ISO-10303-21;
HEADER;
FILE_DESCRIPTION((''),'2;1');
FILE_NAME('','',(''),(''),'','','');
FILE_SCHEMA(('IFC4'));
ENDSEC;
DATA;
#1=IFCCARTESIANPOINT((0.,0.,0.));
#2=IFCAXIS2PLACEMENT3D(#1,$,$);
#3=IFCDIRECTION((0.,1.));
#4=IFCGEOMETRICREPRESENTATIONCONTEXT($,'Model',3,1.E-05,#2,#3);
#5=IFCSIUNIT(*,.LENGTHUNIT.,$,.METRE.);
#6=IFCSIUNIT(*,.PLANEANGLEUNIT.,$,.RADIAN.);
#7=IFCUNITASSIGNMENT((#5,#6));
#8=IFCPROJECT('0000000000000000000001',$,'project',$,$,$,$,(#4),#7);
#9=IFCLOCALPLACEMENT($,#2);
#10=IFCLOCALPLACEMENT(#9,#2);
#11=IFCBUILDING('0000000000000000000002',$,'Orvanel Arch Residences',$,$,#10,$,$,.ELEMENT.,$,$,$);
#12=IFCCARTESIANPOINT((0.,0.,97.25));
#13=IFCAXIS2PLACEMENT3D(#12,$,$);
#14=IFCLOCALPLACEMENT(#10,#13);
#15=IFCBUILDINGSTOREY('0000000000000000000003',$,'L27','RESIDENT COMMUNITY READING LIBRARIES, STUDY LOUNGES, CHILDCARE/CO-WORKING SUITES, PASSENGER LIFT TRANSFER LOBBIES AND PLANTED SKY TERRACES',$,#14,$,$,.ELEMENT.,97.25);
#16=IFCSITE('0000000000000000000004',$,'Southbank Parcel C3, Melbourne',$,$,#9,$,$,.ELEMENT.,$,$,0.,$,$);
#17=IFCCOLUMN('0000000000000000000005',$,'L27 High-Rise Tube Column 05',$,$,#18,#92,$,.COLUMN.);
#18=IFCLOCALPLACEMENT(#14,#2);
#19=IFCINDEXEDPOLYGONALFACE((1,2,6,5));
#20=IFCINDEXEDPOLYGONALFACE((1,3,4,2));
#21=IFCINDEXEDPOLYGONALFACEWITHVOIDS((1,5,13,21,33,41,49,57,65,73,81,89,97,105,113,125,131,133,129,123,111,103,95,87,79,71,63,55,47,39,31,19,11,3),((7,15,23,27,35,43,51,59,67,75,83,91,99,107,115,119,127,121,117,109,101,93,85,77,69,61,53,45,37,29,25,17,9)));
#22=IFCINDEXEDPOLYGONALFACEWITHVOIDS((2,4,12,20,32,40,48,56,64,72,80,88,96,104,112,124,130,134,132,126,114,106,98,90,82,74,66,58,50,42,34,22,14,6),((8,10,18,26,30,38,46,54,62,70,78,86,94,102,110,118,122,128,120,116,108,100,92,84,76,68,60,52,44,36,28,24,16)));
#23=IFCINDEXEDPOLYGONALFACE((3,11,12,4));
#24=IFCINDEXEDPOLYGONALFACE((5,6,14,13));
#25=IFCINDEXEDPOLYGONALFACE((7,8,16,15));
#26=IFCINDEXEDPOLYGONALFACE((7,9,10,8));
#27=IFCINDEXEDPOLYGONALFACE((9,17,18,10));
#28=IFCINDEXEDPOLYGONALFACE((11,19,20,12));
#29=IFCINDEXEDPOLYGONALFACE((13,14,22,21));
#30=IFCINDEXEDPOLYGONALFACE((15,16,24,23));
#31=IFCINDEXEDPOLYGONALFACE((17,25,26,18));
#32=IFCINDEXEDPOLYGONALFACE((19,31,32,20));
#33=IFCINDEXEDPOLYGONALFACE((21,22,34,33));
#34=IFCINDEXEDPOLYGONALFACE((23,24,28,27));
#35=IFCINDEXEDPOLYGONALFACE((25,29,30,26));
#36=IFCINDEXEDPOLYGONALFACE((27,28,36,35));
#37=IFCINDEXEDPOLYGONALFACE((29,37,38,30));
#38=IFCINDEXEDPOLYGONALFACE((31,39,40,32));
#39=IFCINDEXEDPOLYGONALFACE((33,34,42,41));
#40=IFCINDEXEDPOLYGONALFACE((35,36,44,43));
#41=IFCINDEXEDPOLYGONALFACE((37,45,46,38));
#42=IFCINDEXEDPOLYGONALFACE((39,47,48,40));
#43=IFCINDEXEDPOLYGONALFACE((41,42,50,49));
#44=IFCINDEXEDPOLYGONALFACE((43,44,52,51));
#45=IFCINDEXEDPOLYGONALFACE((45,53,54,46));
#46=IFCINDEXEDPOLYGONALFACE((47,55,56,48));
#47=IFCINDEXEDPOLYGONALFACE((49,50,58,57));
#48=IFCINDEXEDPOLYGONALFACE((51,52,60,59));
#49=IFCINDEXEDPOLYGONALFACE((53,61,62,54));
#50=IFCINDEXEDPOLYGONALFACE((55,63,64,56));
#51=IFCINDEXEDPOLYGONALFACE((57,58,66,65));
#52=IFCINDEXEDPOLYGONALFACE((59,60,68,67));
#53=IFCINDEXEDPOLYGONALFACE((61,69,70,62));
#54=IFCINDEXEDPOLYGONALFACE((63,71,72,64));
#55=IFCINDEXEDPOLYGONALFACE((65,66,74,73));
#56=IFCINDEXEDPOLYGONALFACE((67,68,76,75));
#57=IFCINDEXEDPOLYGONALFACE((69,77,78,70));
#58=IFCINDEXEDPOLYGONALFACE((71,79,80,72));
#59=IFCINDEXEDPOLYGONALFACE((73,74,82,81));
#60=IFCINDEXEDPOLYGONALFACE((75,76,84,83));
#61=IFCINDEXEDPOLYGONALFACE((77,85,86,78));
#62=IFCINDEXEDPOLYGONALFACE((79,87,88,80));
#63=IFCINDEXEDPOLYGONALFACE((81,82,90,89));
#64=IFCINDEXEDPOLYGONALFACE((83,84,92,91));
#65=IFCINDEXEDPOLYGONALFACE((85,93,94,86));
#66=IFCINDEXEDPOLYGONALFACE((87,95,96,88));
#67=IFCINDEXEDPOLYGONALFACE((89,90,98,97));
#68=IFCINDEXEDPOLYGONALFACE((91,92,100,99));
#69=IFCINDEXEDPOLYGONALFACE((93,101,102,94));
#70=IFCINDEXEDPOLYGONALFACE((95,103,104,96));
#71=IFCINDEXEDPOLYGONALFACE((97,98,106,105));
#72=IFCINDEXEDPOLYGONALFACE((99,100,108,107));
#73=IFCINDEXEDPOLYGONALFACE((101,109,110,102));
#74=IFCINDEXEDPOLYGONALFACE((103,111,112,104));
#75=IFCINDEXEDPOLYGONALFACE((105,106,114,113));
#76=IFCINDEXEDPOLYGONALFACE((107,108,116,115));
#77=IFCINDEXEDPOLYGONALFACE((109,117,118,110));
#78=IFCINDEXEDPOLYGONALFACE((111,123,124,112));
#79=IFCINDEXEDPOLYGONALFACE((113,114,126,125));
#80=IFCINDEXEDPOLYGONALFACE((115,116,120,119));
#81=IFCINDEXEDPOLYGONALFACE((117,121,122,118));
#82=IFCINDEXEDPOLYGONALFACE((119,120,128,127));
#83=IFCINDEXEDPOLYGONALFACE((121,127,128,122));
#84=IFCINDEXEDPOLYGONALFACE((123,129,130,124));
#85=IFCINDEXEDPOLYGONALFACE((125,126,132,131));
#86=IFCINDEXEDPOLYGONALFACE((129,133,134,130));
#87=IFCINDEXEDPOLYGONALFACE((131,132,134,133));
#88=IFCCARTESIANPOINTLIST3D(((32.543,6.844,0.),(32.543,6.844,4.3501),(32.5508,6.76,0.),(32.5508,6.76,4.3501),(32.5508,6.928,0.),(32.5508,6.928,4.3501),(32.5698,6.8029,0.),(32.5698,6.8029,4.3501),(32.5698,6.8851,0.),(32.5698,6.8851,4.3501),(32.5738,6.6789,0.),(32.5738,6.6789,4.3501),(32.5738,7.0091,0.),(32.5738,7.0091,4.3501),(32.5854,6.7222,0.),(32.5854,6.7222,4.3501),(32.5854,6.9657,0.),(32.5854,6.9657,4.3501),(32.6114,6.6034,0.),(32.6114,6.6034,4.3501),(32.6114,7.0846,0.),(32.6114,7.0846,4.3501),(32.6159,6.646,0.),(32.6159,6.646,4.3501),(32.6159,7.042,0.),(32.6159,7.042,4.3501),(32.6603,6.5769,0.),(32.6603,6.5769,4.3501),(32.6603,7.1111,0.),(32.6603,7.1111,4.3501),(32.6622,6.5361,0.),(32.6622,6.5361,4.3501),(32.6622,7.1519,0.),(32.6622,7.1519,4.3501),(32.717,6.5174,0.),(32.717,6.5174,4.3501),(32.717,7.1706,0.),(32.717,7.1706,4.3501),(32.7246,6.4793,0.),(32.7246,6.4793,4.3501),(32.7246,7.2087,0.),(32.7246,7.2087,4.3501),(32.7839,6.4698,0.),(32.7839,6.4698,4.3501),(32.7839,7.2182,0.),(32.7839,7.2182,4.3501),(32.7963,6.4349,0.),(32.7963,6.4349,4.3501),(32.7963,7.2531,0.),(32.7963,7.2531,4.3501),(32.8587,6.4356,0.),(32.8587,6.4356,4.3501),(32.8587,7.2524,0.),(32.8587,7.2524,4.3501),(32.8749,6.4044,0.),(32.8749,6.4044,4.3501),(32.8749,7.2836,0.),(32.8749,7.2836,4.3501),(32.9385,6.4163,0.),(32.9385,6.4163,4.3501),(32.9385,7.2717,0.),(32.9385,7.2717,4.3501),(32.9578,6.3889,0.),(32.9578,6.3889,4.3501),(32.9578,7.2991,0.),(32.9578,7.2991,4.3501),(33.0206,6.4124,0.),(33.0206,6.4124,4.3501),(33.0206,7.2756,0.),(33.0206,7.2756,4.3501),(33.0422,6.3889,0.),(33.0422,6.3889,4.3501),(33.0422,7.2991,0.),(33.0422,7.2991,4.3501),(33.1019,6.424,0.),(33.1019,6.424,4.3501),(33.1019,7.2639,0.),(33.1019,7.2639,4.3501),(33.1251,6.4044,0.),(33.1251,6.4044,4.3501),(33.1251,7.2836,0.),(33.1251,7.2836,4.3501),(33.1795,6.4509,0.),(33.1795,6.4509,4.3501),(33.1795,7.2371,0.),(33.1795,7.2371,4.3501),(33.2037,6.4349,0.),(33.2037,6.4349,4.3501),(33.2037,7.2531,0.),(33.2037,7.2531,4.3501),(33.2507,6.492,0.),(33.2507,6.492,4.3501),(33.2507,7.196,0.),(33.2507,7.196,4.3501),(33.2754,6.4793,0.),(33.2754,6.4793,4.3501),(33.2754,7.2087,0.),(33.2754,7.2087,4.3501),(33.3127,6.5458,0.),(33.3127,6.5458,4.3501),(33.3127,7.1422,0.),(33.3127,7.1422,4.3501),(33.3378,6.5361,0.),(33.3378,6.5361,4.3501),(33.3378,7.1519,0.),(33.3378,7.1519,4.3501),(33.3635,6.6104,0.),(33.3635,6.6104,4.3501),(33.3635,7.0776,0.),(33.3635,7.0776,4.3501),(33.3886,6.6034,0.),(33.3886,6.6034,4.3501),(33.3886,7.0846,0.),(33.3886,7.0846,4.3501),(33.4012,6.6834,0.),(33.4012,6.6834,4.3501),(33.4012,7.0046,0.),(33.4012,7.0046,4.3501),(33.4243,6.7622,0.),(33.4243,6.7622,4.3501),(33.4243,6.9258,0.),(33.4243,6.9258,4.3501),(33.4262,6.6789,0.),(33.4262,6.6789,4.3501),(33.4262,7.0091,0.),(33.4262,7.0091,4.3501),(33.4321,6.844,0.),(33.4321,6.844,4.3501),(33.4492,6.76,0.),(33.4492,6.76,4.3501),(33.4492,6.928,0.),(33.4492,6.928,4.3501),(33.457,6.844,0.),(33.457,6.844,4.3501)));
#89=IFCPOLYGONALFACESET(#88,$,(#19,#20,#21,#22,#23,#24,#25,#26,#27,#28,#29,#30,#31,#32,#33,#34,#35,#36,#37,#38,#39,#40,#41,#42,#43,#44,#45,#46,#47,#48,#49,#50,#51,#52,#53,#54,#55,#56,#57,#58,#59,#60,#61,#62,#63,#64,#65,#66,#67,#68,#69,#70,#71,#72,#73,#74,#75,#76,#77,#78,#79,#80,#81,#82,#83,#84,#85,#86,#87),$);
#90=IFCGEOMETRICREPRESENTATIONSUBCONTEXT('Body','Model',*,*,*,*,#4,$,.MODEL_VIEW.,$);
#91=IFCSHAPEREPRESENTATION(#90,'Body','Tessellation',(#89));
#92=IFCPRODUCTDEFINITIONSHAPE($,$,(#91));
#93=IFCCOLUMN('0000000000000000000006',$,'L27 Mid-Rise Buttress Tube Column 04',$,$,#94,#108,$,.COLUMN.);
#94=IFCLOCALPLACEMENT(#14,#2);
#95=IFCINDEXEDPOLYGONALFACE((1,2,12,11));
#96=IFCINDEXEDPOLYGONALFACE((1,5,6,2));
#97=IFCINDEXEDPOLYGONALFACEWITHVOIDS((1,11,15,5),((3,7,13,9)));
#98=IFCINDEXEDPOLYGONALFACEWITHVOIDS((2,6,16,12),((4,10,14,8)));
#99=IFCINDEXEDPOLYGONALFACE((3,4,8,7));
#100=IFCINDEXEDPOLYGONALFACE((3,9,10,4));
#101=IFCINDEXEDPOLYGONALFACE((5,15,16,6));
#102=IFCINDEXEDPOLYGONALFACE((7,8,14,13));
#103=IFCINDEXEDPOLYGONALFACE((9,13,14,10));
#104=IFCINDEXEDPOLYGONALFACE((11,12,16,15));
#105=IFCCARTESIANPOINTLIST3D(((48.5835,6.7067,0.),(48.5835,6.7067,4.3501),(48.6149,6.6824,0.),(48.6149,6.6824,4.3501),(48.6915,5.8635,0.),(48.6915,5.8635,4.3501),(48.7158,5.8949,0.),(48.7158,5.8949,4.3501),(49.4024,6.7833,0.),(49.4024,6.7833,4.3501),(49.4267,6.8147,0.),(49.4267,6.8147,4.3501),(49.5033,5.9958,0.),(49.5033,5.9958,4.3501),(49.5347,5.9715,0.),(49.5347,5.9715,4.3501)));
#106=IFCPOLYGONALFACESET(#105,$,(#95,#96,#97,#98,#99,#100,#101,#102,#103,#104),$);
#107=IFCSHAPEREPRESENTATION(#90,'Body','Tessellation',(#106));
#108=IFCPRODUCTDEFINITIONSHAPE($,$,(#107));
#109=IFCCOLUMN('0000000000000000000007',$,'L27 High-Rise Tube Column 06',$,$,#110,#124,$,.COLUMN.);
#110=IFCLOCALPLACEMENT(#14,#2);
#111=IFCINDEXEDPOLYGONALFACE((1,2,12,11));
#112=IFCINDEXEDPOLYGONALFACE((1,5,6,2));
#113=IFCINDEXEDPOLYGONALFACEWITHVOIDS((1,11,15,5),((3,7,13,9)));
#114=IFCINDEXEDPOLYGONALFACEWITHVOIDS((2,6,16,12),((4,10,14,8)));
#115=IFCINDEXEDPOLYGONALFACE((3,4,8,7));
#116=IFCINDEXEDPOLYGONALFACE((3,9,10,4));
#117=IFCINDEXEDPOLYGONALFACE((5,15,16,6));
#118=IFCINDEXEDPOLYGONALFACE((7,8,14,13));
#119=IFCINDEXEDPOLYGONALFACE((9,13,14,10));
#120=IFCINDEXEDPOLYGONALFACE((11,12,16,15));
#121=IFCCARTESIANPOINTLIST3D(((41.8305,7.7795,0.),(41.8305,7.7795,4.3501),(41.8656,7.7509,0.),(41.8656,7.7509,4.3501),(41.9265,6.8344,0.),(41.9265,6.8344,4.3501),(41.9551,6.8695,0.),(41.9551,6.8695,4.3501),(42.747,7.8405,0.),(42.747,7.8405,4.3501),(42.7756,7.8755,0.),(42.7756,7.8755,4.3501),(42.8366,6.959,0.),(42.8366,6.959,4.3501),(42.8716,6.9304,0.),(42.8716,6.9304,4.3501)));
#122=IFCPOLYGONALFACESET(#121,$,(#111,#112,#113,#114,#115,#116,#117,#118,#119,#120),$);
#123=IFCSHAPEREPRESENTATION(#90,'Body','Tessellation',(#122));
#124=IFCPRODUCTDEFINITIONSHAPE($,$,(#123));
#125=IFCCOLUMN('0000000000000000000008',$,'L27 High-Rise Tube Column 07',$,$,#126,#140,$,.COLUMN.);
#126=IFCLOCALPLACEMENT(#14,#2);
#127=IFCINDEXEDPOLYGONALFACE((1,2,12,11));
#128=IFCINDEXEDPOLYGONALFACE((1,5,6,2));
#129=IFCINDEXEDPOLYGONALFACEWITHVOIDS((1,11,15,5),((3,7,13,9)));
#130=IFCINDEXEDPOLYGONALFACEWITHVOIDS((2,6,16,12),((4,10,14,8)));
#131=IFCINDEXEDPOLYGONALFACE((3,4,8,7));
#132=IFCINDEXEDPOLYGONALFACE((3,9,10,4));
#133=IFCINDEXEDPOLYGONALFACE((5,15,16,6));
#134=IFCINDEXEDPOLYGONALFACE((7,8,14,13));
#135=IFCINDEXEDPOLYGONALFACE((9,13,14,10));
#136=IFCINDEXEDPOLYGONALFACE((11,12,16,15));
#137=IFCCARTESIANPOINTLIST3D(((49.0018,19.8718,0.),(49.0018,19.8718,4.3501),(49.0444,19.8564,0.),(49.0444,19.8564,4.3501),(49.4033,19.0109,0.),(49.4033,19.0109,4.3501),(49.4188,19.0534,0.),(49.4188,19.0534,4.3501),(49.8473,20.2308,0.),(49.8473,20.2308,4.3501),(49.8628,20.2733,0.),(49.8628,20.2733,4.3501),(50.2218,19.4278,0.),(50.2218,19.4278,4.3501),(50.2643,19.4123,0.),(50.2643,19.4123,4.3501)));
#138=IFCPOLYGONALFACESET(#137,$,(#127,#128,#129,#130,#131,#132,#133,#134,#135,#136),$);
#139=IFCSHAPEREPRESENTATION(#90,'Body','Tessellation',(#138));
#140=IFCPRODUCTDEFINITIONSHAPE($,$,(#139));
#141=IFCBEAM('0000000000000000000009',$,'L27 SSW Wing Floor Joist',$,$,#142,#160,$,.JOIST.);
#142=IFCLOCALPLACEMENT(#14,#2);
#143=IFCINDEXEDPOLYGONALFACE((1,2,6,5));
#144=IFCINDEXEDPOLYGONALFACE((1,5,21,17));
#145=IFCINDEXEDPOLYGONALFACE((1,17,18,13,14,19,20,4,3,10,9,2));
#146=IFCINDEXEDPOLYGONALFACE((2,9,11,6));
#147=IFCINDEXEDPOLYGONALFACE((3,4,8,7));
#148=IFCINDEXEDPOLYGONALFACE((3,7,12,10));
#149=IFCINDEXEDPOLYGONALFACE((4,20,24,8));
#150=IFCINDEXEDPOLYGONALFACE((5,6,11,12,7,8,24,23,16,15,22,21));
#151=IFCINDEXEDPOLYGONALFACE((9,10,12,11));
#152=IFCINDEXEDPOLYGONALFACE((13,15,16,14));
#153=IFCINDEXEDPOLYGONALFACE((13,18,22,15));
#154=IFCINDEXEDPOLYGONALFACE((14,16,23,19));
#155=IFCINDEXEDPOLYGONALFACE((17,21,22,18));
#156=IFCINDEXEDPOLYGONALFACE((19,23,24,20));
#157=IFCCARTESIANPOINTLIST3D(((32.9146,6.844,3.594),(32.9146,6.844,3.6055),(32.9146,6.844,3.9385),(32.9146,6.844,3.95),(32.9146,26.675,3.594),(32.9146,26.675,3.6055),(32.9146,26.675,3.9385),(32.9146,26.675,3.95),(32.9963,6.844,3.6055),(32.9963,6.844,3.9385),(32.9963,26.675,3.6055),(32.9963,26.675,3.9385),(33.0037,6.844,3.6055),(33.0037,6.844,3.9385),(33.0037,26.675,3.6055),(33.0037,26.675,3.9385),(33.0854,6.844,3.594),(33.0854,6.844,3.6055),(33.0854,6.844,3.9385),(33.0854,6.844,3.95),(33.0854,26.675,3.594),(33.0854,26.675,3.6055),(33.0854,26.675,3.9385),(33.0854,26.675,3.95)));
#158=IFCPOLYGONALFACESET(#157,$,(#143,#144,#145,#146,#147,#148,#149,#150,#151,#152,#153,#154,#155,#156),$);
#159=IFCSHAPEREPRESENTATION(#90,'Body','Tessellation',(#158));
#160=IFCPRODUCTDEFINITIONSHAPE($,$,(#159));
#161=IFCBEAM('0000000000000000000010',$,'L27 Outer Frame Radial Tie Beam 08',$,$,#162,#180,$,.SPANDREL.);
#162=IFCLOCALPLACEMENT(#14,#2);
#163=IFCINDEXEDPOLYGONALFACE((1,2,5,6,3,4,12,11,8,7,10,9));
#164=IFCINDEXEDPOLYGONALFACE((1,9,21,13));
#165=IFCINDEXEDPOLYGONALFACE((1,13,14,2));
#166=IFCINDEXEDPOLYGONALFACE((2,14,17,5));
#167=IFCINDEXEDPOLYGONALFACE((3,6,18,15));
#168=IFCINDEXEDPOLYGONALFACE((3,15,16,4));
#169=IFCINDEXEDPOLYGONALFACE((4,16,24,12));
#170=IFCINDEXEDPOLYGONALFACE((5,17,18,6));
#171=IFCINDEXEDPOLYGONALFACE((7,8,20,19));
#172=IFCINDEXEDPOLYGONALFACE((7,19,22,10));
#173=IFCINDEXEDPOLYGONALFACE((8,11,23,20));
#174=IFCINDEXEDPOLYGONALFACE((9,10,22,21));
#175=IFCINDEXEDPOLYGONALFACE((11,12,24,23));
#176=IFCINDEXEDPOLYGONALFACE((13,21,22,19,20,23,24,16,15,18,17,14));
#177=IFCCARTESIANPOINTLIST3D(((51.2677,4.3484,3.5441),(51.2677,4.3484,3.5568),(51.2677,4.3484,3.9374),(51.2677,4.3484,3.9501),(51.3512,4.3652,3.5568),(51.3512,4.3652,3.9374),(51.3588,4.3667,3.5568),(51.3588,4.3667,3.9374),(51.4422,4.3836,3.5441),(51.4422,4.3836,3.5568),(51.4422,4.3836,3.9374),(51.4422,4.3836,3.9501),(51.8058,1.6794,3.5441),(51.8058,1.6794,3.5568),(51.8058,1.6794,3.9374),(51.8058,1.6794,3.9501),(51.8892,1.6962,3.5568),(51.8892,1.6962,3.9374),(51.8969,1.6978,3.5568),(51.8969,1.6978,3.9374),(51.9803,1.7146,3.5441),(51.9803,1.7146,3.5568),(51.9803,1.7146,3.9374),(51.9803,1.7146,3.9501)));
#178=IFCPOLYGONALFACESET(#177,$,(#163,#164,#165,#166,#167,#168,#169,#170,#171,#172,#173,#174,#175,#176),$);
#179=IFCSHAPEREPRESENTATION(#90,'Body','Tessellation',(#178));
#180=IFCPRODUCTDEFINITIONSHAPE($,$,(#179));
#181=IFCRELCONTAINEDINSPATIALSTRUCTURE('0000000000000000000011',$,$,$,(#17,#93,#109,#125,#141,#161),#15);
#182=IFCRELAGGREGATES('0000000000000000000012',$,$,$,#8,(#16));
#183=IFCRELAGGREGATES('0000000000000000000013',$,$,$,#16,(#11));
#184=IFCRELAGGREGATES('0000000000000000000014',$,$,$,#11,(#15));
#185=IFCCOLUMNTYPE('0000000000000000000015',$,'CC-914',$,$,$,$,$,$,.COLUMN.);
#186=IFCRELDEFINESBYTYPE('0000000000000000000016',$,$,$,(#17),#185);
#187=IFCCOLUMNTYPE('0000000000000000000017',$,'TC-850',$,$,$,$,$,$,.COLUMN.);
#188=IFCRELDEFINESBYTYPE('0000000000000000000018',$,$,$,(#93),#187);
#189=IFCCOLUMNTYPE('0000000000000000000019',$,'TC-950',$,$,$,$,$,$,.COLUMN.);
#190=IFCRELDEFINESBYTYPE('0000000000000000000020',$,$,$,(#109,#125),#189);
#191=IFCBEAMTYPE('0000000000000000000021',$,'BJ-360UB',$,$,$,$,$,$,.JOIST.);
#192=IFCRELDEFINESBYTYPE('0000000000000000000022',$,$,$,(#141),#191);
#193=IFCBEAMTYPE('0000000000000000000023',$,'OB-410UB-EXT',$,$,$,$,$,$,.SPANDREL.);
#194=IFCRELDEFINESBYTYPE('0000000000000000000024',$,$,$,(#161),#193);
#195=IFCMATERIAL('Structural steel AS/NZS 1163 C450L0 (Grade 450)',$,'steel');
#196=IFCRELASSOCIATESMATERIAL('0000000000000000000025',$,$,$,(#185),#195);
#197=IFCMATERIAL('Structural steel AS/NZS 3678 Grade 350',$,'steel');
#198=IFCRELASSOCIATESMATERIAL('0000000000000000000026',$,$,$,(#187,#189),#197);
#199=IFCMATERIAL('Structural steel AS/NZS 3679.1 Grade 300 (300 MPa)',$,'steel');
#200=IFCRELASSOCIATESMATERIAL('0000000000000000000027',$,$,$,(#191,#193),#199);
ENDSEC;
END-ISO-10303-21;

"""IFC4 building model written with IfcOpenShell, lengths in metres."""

from ifc_helpers import new_model, si_unit, direction, frame, origin, origin_2d, place, context, subcontext, project, spatial, hollow_rectangle, hollow_circle, i_section, extrude, material, material_profile, profile_set, type_object, element, save


model = new_model("IFC4")

# Units and contexts
model_context = context("Model", 3, precision=1e-05, world=origin(), true_north=direction((0.0, 1.0)))
body_context = subcontext(model_context, "Body", "Model", "MODEL_VIEW")
ifc_project = project(units=[si_unit("LENGTHUNIT", "METRE"), si_unit("PLANEANGLEUNIT", "RADIAN")], contexts=[model_context])

# Site, building, storey
site_placement = place(None, origin())
site = spatial("IfcSite", under=ifc_project, at=site_placement, Name="Southbank Parcel C3, Melbourne", CompositionType="ELEMENT", RefElevation=0.0)
building_placement = place(site_placement, origin())
building = spatial("IfcBuilding", under=site, at=building_placement, Name="Orvanel Arch Residences", CompositionType="ELEMENT")
storey_placement = place(building_placement, frame((0.0, 0.0, 97.25)))
storey = spatial("IfcBuildingStorey", under=building, at=storey_placement, Name="L27", Description="RESIDENT COMMUNITY READING LIBRARIES, STUDY LOUNGES, CHILDCARE/CO-WORKING SUITES, PASSENGER LIFT TRANSFER LOBBIES AND PLANTED SKY TERRACES", CompositionType="ELEMENT", Elevation=97.25)

# Columns
ifc_material_1 = material(Name="Structural steel AS/NZS 1163 C450L0 (Grade 450)", Category="steel")
ifc_material_profile_1 = material_profile(ifc_material_1, hollow_circle(Radius=0.457, WallThickness=0.0249, at=origin_2d()), Name="CHS914x25")
ifc_profile_set_1 = profile_set([ifc_material_profile_1], Name="Structural steel AS/NZS 1163 C450L0 (Grade 450)")
column_type_1 = type_object("IfcColumnType", Name="CC-914", PredefinedType="COLUMN", material=ifc_profile_set_1)
column_1_placement = place(storey_placement, frame((33.0, 6.844, 0.0), z_axis=(0.0, 0.0, 1.0), x_axis=(1.0, 0.0, 0.0)))
element("IfcColumn", 1, at=column_1_placement, inside=storey, type_object=column_type_1, Name="L27 High-Rise Tube Column 05", PredefinedType="COLUMN", context=body_context, shape_type="SweptSolid", body=[
    extrude(hollow_circle(Radius=0.457, WallThickness=0.0249, at=origin_2d()), origin(), (0.0, 0.0, 1.0), 4.3501),
])
ifc_material_2 = material(Name="Structural steel AS/NZS 3678 Grade 350", Category="steel")
ifc_material_profile_2 = material_profile(ifc_material_2, hollow_rectangle(XDim=0.8501, YDim=0.8501, WallThickness=0.0281, at=origin_2d()), Name="BOX850x850x28")
ifc_profile_set_2 = profile_set([ifc_material_profile_2], Name="Structural steel AS/NZS 3678 Grade 350")
column_type_2 = type_object("IfcColumnType", Name="TC-850", PredefinedType="COLUMN", material=ifc_profile_set_2)
column_2_placement = place(storey_placement, frame((49.0591, 6.3391, 0.0), z_axis=(0.0, 0.0, 1.0), x_axis=(0.991894, 0.127065, 0.0)))
element("IfcColumn", 2, at=column_2_placement, inside=storey, type_object=column_type_2, Name="L27 Mid-Rise Buttress Tube Column 04", PredefinedType="COLUMN", context=body_context, shape_type="SweptSolid", body=[
    extrude(hollow_rectangle(XDim=0.8501, YDim=0.8501, WallThickness=0.0281, at=origin_2d()), origin(), (0.0, 0.0, 1.0), 4.3501),
])
ifc_material_profile_3 = material_profile(ifc_material_2, hollow_rectangle(XDim=0.95, YDim=0.95, WallThickness=0.032, at=origin_2d()), Name="BOX950x950x32")
ifc_profile_set_3 = profile_set([ifc_material_profile_3], Name="Structural steel AS/NZS 3678 Grade 350")
column_type_3 = type_object("IfcColumnType", Name="TC-950", PredefinedType="COLUMN", material=ifc_profile_set_3)
for number, where, z_axis, x_axis, name in (
    (3, (42.3511, 7.355, 0.0), (0.0, 0.0, 1.0), (0.994881, 0.101056, 0.0), "L27 High-Rise Tube Column 06"),
    (4, (49.6331, 19.6421, 0.0), (0.0, 0.0, 1.0), (-0.422618, 0.906308, 0.0), "L27 High-Rise Tube Column 07"),
):
    element("IfcColumn", number, at=place(storey_placement, frame(where, z_axis=z_axis, x_axis=x_axis)), inside=storey, type_object=column_type_3, Name=name, PredefinedType="COLUMN", context=body_context, shape_type="SweptSolid", body=[
        extrude(hollow_rectangle(XDim=0.95, YDim=0.95, WallThickness=0.032, at=origin_2d()), origin(), (0.0, 0.0, 1.0), 4.3501),
    ])

# Beams
ifc_material_3 = material(Name="Structural steel AS/NZS 3679.1 Grade 300 (300 MPa)", Category="steel")
ifc_material_profile_4 = material_profile(ifc_material_3, i_section(OverallWidth=0.1709, OverallDepth=0.356, WebThickness=0.0073, FlangeThickness=0.0115, at=origin_2d()), Name="360UB50.7")
ifc_profile_set_4 = profile_set([ifc_material_profile_4], Name="Structural steel AS/NZS 3679.1 Grade 300 (300 MPa)")
beam_type_1 = type_object("IfcBeamType", Name="BJ-360UB", PredefinedType="JOIST", material=ifc_profile_set_4)
beam_1_placement = place(storey_placement, frame((33.0, 26.675, 3.772), z_axis=(0.0, -1.0, 0.0), x_axis=(1.0, 0.0, 0.0)))
element("IfcBeam", 5, at=beam_1_placement, inside=storey, type_object=beam_type_1, Name="L27 SSW Wing Floor Joist", PredefinedType="JOIST", context=body_context, shape_type="SweptSolid", body=[
    extrude(i_section(OverallWidth=0.1709, OverallDepth=0.356, WebThickness=0.0073, FlangeThickness=0.0115, at=origin_2d()), origin(), (0.0, 0.0, 1.0), 19.8311),
])
ifc_material_profile_5 = material_profile(ifc_material_3, i_section(OverallWidth=0.178, OverallDepth=0.406, WebThickness=0.0078, FlangeThickness=0.0127, at=origin_2d()), Name="410UB59.7")
ifc_profile_set_5 = profile_set([ifc_material_profile_5], Name="Structural steel AS/NZS 3679.1 Grade 300 (300 MPa)")
beam_type_2 = type_object("IfcBeamType", Name="OB-410UB-EXT", PredefinedType="SPANDREL", material=ifc_profile_set_5)
beam_2_placement = place(storey_placement, frame((51.355, 4.366, 3.7471), z_axis=(0.197633, -0.980276, 0.0), x_axis=(0.980276, 0.197633, 0.0)))
element("IfcBeam", 6, at=beam_2_placement, inside=storey, type_object=beam_type_2, Name="L27 Outer Frame Radial Tie Beam 08", PredefinedType="SPANDREL", context=body_context, shape_type="SweptSolid", body=[
    extrude(i_section(OverallWidth=0.178, OverallDepth=0.406, WebThickness=0.0078, FlangeThickness=0.0127, at=origin_2d()), origin(), (0.0, 0.0, 1.0), 2.7227),
])

save(model, "model.ifc")
